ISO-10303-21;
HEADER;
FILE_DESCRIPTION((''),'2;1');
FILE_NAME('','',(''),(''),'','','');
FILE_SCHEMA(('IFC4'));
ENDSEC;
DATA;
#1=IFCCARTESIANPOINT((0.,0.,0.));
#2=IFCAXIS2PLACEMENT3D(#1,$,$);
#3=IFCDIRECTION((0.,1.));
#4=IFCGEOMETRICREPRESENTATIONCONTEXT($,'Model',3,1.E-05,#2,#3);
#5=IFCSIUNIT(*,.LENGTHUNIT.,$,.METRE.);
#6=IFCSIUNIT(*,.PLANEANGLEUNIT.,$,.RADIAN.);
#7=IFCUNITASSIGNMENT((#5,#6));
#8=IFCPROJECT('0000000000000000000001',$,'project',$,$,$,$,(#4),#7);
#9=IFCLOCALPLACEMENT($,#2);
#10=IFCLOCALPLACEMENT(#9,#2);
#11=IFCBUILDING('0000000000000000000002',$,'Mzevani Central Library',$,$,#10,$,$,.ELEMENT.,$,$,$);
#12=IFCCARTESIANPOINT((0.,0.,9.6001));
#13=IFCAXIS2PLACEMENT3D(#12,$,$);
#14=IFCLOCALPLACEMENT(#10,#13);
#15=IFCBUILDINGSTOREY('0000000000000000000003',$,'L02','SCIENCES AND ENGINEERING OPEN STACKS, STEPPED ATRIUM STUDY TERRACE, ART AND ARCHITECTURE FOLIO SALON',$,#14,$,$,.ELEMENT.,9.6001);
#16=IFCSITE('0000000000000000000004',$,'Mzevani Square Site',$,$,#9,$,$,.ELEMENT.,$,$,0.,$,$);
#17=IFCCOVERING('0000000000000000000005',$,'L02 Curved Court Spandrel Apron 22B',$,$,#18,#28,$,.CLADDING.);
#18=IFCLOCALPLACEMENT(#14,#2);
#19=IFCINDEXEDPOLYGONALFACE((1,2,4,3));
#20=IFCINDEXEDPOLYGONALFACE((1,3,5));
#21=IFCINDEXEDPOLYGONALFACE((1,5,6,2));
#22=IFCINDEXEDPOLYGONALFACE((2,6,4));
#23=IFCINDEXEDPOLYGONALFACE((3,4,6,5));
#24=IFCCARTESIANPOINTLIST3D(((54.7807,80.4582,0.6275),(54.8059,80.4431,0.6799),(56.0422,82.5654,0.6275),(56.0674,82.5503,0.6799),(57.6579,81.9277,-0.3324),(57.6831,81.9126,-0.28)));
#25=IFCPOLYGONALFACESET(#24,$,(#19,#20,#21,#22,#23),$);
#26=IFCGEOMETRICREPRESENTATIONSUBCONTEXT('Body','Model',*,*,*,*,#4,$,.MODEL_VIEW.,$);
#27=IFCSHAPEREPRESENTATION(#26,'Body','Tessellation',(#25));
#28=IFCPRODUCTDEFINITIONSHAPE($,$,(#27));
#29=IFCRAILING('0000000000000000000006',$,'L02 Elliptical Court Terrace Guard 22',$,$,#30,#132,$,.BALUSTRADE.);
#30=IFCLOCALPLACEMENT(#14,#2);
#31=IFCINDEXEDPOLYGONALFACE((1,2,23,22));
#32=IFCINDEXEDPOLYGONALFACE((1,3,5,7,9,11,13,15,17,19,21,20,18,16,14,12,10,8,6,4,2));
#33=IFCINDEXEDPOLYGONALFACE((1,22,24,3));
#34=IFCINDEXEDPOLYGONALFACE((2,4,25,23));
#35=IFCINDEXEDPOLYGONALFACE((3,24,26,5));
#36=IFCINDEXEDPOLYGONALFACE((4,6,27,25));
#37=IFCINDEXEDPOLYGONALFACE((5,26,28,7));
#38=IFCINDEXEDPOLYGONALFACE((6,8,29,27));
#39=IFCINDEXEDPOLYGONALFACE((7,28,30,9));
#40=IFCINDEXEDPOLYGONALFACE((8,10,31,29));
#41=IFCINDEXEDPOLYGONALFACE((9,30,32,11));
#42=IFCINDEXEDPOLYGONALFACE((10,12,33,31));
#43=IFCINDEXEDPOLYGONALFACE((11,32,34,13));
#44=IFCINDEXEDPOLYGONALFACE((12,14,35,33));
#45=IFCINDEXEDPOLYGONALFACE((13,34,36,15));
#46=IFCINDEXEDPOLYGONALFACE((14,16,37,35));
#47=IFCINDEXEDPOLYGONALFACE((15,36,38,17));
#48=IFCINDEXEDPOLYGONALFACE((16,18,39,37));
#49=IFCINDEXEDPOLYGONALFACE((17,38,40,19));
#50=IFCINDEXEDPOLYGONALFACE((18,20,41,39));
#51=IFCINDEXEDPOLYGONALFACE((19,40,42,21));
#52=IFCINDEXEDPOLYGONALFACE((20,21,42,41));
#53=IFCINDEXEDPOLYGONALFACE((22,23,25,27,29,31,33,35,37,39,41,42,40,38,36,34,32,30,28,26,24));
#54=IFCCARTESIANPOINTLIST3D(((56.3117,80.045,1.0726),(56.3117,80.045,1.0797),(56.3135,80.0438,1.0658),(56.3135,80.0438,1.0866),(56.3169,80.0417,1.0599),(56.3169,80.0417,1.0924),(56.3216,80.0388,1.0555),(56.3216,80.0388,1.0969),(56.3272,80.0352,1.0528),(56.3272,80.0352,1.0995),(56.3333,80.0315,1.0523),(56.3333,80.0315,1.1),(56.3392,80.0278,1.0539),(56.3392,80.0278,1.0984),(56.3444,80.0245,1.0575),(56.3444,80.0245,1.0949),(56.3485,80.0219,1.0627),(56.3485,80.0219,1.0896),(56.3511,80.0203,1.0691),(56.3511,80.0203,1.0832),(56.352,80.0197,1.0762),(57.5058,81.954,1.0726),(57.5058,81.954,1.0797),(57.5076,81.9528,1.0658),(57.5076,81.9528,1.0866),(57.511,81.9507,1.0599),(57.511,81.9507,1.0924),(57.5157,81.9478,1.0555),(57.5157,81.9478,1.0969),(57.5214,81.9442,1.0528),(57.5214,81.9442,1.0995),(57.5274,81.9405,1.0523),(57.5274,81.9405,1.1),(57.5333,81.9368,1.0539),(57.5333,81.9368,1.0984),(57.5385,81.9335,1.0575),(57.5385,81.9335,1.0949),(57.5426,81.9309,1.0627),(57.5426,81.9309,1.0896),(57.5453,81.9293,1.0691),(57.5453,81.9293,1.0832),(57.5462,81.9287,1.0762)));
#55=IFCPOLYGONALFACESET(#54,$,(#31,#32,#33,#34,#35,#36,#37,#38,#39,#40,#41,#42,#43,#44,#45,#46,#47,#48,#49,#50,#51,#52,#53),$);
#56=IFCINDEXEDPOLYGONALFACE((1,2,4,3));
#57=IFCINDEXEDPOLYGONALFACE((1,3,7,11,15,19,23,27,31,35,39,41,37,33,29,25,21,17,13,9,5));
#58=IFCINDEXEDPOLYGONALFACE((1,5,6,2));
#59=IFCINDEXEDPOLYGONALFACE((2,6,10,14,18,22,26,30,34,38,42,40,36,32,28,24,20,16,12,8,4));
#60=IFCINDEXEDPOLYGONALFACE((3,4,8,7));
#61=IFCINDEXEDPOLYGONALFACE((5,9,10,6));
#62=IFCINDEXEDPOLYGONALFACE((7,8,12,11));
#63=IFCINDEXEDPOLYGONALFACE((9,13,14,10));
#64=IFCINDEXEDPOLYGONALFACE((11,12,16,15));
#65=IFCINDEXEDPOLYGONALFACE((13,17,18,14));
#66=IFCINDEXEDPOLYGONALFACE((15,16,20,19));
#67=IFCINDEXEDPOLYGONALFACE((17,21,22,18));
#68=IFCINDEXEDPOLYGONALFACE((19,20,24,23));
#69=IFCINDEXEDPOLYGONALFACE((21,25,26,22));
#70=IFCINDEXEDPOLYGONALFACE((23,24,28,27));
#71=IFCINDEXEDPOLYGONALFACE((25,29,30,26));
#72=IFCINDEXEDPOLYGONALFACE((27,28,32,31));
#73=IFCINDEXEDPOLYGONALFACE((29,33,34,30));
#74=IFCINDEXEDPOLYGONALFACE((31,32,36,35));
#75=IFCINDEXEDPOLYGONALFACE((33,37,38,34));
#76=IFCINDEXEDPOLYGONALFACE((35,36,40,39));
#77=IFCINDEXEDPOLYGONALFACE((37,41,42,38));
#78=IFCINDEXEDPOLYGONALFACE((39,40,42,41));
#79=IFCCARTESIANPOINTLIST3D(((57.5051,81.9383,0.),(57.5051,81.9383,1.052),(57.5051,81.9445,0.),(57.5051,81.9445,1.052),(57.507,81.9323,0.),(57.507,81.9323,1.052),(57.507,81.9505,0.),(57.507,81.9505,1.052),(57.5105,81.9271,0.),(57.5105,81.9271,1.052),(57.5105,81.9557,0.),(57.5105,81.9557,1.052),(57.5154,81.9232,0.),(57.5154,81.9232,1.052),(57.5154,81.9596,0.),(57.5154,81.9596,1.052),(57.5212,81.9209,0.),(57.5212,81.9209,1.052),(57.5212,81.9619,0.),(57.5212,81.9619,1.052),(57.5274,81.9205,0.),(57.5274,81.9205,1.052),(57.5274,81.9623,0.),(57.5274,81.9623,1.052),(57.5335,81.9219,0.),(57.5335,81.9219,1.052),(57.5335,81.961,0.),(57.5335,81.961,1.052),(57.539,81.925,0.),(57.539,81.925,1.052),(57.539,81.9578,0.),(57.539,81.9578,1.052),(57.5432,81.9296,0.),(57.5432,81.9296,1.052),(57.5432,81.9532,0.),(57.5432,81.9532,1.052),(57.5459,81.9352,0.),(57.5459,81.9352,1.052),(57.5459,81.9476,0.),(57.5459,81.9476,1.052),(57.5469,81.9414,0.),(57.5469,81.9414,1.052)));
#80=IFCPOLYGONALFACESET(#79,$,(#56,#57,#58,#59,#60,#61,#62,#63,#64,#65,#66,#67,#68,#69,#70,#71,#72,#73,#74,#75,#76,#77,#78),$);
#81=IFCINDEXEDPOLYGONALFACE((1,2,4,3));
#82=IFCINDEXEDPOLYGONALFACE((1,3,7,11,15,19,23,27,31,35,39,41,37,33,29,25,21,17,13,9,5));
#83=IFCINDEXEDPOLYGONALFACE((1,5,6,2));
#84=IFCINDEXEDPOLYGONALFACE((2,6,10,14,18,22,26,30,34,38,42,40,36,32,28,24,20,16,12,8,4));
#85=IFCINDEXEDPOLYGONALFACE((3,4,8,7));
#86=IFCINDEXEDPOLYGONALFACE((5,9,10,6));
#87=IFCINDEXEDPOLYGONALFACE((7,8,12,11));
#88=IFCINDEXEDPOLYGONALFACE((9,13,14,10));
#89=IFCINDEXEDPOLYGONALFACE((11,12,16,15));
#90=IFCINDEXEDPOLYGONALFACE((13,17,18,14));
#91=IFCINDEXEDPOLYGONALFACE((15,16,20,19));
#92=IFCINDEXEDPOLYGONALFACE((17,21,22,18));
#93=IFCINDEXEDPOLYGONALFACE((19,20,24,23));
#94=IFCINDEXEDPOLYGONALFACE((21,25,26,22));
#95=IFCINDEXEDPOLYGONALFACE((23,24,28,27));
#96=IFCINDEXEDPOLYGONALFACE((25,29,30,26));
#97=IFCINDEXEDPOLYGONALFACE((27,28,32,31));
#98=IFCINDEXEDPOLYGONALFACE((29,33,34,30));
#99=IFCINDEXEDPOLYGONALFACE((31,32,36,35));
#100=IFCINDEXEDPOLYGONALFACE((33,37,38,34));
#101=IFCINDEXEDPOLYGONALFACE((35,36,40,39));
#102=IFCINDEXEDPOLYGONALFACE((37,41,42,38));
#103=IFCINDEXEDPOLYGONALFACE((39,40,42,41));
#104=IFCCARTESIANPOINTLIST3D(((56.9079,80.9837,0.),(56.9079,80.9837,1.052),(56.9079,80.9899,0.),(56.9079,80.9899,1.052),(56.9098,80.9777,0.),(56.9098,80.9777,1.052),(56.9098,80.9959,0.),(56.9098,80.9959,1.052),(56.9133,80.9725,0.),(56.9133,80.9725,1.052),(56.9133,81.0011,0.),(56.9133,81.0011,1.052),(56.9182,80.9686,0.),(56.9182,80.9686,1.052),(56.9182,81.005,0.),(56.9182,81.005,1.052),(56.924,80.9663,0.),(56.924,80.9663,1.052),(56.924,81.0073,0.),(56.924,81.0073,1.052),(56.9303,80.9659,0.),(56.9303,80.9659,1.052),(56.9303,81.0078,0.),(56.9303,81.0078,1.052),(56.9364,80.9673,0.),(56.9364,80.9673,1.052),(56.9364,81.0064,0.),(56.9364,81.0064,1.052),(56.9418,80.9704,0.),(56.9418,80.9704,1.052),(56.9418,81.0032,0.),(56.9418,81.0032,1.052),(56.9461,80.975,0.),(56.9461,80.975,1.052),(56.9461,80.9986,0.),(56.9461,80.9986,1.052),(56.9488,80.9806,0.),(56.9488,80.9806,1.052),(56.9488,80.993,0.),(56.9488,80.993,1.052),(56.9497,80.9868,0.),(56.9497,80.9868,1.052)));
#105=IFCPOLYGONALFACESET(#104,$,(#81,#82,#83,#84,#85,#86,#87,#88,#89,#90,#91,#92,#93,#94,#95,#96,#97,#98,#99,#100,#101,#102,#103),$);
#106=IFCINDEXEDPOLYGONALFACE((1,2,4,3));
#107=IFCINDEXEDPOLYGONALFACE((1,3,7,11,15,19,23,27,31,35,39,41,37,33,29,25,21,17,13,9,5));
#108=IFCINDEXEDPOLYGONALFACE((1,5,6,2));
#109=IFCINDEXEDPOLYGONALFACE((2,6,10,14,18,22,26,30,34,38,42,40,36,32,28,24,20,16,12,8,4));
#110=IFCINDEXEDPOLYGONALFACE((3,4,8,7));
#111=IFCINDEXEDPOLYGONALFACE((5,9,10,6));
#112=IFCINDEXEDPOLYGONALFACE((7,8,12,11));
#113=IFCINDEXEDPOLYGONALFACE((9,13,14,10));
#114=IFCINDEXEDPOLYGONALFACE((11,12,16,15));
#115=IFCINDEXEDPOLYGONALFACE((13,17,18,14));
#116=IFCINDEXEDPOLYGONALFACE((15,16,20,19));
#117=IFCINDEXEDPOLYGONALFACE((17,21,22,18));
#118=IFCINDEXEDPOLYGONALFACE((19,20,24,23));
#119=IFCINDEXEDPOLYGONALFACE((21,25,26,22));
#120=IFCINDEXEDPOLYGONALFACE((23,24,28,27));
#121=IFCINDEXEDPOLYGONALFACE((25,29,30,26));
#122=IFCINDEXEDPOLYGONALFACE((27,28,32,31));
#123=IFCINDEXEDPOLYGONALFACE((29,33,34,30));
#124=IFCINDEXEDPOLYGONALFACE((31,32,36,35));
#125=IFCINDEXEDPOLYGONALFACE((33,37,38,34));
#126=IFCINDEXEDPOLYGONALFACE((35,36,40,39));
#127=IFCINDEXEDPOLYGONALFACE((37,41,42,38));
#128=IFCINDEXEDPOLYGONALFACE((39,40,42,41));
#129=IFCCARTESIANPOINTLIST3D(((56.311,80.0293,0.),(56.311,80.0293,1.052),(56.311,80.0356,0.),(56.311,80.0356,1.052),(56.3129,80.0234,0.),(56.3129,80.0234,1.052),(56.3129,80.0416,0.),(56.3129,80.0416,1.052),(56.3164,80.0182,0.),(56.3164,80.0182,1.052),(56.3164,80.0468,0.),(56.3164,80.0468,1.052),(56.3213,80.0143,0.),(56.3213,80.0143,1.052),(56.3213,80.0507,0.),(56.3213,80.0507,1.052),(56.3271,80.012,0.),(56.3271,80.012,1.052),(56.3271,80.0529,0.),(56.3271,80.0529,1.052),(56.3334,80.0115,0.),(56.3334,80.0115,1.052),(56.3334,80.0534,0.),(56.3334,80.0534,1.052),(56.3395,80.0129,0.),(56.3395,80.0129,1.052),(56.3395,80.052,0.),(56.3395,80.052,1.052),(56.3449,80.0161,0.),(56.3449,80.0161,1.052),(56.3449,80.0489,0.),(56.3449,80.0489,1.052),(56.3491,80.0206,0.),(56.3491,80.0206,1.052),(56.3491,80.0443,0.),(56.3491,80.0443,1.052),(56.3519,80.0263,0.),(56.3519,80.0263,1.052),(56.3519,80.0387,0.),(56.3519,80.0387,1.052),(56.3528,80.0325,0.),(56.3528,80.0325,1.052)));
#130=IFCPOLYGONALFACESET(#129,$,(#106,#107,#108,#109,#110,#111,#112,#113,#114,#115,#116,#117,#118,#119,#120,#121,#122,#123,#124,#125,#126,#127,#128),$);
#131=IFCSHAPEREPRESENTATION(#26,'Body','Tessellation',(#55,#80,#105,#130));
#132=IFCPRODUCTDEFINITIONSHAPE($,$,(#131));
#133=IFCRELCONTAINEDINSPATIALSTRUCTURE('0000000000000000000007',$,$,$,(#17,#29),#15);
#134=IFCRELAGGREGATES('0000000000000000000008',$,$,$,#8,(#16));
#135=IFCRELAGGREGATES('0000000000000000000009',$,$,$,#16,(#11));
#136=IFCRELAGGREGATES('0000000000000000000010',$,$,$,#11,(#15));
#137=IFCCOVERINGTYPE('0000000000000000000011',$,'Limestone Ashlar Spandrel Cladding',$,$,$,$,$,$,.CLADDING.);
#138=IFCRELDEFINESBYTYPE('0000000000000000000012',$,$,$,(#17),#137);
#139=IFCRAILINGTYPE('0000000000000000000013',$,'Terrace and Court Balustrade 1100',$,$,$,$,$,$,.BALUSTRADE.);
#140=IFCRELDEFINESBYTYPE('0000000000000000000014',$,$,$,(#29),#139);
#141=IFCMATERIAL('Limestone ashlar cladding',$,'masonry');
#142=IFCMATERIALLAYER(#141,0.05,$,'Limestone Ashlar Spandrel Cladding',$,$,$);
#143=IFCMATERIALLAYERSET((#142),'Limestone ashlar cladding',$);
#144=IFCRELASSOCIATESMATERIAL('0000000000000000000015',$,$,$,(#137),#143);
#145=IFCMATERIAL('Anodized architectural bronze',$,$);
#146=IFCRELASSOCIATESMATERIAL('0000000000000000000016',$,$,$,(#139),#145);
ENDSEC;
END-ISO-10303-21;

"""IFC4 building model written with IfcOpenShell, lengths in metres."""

from ifc_helpers import new_model, si_unit, direction, frame, origin, origin_2d, place, context, subcontext, project, spatial, polyline, circle, outline, extrude, material, layer, layer_set, type_object, element, save


model = new_model("IFC4")

# Units and contexts
model_context = context("Model", 3, precision=1e-05, world=origin(), true_north=direction((0.0, 1.0)))
body_context = subcontext(model_context, "Body", "Model", "MODEL_VIEW")
ifc_project = project(units=[si_unit("LENGTHUNIT", "METRE"), si_unit("PLANEANGLEUNIT", "RADIAN")], contexts=[model_context])

# Site, building, storey
site_placement = place(None, origin())
site = spatial("IfcSite", under=ifc_project, at=site_placement, Name="Mzevani Square Site", CompositionType="ELEMENT", RefElevation=0.0)
building_placement = place(site_placement, origin())
building = spatial("IfcBuilding", under=site, at=building_placement, Name="Mzevani Central Library", CompositionType="ELEMENT")
storey_placement = place(building_placement, frame((0.0, 0.0, 9.6001)))
storey = spatial("IfcBuildingStorey", under=building, at=storey_placement, Name="L02", Description="SCIENCES AND ENGINEERING OPEN STACKS, STEPPED ATRIUM STUDY TERRACE, ART AND ARCHITECTURE FOLIO SALON", CompositionType="ELEMENT", Elevation=9.6001)

# Covering
ifc_material_1 = material(Name="Limestone ashlar cladding", Category="masonry")
ifc_layer_1 = layer(ifc_material_1, 0.05, Name="Limestone Ashlar Spandrel Cladding")
ifc_layer_set_1 = layer_set([ifc_layer_1], Name="Limestone ashlar cladding")
covering_type = type_object("IfcCoveringType", Name="Limestone Ashlar Spandrel Cladding", PredefinedType="CLADDING", material=ifc_layer_set_1)
covering_1_placement = place(storey_placement, frame((57.6831, 81.9126, -0.28), z_axis=(0.419292, -0.251012, 0.872461), x_axis=(-0.853683, -0.436005, 0.284826)))
element("IfcCovering", 1, at=covering_1_placement, inside=storey, type_object=covering_type, Name="L02 Curved Court Spandrel Apron 22B", PredefinedType="CLADDING", context=body_context, shape_type="SweptSolid", body=[
    extrude(outline(polyline([(0.0, 0.0), (3.3703, 0.0), (1.3747, -1.4314), (0.0, 0.0)])), origin(), (0.0, 0.0, -1.0), 0.0601),
])

# Railing
ifc_material_2 = material(Name="Anodized architectural bronze")
railing_type = type_object("IfcRailingType", Name="Terrace and Court Balustrade 1100", PredefinedType="BALUSTRADE", material=ifc_material_2)
railing_placement = place(storey_placement, frame((57.5259, 81.9414, 0.0)))
element("IfcRailing", 2, at=railing_placement, inside=storey, type_object=railing_type, Name="L02 Elliptical Court Terrace Guard 22", PredefinedType="BALUSTRADE", context=body_context, shape_type="SweptSolid", body=[
    extrude(circle(Radius=0.0239, at=origin_2d()), frame((0.0, 0.0, 1.0762), z_axis=(-0.530321, -0.847797, 0.0), x_axis=(0.847797, -0.530321, 0.0)), (0.0, 0.0, 1.0), 2.2517),
    extrude(circle(Radius=0.021, at=origin_2d()), origin(), (0.0, 0.0, 1.0), 1.052),
    extrude(circle(Radius=0.021, at=origin_2d()), frame((-0.5972, -0.9546, 0.0)), (0.0, 0.0, 1.0), 1.052),
    extrude(circle(Radius=0.021, at=origin_2d()), frame((-1.1941, -1.9089, 0.0)), (0.0, 0.0, 1.0), 1.052),
])

save(model, "model.ifc")
